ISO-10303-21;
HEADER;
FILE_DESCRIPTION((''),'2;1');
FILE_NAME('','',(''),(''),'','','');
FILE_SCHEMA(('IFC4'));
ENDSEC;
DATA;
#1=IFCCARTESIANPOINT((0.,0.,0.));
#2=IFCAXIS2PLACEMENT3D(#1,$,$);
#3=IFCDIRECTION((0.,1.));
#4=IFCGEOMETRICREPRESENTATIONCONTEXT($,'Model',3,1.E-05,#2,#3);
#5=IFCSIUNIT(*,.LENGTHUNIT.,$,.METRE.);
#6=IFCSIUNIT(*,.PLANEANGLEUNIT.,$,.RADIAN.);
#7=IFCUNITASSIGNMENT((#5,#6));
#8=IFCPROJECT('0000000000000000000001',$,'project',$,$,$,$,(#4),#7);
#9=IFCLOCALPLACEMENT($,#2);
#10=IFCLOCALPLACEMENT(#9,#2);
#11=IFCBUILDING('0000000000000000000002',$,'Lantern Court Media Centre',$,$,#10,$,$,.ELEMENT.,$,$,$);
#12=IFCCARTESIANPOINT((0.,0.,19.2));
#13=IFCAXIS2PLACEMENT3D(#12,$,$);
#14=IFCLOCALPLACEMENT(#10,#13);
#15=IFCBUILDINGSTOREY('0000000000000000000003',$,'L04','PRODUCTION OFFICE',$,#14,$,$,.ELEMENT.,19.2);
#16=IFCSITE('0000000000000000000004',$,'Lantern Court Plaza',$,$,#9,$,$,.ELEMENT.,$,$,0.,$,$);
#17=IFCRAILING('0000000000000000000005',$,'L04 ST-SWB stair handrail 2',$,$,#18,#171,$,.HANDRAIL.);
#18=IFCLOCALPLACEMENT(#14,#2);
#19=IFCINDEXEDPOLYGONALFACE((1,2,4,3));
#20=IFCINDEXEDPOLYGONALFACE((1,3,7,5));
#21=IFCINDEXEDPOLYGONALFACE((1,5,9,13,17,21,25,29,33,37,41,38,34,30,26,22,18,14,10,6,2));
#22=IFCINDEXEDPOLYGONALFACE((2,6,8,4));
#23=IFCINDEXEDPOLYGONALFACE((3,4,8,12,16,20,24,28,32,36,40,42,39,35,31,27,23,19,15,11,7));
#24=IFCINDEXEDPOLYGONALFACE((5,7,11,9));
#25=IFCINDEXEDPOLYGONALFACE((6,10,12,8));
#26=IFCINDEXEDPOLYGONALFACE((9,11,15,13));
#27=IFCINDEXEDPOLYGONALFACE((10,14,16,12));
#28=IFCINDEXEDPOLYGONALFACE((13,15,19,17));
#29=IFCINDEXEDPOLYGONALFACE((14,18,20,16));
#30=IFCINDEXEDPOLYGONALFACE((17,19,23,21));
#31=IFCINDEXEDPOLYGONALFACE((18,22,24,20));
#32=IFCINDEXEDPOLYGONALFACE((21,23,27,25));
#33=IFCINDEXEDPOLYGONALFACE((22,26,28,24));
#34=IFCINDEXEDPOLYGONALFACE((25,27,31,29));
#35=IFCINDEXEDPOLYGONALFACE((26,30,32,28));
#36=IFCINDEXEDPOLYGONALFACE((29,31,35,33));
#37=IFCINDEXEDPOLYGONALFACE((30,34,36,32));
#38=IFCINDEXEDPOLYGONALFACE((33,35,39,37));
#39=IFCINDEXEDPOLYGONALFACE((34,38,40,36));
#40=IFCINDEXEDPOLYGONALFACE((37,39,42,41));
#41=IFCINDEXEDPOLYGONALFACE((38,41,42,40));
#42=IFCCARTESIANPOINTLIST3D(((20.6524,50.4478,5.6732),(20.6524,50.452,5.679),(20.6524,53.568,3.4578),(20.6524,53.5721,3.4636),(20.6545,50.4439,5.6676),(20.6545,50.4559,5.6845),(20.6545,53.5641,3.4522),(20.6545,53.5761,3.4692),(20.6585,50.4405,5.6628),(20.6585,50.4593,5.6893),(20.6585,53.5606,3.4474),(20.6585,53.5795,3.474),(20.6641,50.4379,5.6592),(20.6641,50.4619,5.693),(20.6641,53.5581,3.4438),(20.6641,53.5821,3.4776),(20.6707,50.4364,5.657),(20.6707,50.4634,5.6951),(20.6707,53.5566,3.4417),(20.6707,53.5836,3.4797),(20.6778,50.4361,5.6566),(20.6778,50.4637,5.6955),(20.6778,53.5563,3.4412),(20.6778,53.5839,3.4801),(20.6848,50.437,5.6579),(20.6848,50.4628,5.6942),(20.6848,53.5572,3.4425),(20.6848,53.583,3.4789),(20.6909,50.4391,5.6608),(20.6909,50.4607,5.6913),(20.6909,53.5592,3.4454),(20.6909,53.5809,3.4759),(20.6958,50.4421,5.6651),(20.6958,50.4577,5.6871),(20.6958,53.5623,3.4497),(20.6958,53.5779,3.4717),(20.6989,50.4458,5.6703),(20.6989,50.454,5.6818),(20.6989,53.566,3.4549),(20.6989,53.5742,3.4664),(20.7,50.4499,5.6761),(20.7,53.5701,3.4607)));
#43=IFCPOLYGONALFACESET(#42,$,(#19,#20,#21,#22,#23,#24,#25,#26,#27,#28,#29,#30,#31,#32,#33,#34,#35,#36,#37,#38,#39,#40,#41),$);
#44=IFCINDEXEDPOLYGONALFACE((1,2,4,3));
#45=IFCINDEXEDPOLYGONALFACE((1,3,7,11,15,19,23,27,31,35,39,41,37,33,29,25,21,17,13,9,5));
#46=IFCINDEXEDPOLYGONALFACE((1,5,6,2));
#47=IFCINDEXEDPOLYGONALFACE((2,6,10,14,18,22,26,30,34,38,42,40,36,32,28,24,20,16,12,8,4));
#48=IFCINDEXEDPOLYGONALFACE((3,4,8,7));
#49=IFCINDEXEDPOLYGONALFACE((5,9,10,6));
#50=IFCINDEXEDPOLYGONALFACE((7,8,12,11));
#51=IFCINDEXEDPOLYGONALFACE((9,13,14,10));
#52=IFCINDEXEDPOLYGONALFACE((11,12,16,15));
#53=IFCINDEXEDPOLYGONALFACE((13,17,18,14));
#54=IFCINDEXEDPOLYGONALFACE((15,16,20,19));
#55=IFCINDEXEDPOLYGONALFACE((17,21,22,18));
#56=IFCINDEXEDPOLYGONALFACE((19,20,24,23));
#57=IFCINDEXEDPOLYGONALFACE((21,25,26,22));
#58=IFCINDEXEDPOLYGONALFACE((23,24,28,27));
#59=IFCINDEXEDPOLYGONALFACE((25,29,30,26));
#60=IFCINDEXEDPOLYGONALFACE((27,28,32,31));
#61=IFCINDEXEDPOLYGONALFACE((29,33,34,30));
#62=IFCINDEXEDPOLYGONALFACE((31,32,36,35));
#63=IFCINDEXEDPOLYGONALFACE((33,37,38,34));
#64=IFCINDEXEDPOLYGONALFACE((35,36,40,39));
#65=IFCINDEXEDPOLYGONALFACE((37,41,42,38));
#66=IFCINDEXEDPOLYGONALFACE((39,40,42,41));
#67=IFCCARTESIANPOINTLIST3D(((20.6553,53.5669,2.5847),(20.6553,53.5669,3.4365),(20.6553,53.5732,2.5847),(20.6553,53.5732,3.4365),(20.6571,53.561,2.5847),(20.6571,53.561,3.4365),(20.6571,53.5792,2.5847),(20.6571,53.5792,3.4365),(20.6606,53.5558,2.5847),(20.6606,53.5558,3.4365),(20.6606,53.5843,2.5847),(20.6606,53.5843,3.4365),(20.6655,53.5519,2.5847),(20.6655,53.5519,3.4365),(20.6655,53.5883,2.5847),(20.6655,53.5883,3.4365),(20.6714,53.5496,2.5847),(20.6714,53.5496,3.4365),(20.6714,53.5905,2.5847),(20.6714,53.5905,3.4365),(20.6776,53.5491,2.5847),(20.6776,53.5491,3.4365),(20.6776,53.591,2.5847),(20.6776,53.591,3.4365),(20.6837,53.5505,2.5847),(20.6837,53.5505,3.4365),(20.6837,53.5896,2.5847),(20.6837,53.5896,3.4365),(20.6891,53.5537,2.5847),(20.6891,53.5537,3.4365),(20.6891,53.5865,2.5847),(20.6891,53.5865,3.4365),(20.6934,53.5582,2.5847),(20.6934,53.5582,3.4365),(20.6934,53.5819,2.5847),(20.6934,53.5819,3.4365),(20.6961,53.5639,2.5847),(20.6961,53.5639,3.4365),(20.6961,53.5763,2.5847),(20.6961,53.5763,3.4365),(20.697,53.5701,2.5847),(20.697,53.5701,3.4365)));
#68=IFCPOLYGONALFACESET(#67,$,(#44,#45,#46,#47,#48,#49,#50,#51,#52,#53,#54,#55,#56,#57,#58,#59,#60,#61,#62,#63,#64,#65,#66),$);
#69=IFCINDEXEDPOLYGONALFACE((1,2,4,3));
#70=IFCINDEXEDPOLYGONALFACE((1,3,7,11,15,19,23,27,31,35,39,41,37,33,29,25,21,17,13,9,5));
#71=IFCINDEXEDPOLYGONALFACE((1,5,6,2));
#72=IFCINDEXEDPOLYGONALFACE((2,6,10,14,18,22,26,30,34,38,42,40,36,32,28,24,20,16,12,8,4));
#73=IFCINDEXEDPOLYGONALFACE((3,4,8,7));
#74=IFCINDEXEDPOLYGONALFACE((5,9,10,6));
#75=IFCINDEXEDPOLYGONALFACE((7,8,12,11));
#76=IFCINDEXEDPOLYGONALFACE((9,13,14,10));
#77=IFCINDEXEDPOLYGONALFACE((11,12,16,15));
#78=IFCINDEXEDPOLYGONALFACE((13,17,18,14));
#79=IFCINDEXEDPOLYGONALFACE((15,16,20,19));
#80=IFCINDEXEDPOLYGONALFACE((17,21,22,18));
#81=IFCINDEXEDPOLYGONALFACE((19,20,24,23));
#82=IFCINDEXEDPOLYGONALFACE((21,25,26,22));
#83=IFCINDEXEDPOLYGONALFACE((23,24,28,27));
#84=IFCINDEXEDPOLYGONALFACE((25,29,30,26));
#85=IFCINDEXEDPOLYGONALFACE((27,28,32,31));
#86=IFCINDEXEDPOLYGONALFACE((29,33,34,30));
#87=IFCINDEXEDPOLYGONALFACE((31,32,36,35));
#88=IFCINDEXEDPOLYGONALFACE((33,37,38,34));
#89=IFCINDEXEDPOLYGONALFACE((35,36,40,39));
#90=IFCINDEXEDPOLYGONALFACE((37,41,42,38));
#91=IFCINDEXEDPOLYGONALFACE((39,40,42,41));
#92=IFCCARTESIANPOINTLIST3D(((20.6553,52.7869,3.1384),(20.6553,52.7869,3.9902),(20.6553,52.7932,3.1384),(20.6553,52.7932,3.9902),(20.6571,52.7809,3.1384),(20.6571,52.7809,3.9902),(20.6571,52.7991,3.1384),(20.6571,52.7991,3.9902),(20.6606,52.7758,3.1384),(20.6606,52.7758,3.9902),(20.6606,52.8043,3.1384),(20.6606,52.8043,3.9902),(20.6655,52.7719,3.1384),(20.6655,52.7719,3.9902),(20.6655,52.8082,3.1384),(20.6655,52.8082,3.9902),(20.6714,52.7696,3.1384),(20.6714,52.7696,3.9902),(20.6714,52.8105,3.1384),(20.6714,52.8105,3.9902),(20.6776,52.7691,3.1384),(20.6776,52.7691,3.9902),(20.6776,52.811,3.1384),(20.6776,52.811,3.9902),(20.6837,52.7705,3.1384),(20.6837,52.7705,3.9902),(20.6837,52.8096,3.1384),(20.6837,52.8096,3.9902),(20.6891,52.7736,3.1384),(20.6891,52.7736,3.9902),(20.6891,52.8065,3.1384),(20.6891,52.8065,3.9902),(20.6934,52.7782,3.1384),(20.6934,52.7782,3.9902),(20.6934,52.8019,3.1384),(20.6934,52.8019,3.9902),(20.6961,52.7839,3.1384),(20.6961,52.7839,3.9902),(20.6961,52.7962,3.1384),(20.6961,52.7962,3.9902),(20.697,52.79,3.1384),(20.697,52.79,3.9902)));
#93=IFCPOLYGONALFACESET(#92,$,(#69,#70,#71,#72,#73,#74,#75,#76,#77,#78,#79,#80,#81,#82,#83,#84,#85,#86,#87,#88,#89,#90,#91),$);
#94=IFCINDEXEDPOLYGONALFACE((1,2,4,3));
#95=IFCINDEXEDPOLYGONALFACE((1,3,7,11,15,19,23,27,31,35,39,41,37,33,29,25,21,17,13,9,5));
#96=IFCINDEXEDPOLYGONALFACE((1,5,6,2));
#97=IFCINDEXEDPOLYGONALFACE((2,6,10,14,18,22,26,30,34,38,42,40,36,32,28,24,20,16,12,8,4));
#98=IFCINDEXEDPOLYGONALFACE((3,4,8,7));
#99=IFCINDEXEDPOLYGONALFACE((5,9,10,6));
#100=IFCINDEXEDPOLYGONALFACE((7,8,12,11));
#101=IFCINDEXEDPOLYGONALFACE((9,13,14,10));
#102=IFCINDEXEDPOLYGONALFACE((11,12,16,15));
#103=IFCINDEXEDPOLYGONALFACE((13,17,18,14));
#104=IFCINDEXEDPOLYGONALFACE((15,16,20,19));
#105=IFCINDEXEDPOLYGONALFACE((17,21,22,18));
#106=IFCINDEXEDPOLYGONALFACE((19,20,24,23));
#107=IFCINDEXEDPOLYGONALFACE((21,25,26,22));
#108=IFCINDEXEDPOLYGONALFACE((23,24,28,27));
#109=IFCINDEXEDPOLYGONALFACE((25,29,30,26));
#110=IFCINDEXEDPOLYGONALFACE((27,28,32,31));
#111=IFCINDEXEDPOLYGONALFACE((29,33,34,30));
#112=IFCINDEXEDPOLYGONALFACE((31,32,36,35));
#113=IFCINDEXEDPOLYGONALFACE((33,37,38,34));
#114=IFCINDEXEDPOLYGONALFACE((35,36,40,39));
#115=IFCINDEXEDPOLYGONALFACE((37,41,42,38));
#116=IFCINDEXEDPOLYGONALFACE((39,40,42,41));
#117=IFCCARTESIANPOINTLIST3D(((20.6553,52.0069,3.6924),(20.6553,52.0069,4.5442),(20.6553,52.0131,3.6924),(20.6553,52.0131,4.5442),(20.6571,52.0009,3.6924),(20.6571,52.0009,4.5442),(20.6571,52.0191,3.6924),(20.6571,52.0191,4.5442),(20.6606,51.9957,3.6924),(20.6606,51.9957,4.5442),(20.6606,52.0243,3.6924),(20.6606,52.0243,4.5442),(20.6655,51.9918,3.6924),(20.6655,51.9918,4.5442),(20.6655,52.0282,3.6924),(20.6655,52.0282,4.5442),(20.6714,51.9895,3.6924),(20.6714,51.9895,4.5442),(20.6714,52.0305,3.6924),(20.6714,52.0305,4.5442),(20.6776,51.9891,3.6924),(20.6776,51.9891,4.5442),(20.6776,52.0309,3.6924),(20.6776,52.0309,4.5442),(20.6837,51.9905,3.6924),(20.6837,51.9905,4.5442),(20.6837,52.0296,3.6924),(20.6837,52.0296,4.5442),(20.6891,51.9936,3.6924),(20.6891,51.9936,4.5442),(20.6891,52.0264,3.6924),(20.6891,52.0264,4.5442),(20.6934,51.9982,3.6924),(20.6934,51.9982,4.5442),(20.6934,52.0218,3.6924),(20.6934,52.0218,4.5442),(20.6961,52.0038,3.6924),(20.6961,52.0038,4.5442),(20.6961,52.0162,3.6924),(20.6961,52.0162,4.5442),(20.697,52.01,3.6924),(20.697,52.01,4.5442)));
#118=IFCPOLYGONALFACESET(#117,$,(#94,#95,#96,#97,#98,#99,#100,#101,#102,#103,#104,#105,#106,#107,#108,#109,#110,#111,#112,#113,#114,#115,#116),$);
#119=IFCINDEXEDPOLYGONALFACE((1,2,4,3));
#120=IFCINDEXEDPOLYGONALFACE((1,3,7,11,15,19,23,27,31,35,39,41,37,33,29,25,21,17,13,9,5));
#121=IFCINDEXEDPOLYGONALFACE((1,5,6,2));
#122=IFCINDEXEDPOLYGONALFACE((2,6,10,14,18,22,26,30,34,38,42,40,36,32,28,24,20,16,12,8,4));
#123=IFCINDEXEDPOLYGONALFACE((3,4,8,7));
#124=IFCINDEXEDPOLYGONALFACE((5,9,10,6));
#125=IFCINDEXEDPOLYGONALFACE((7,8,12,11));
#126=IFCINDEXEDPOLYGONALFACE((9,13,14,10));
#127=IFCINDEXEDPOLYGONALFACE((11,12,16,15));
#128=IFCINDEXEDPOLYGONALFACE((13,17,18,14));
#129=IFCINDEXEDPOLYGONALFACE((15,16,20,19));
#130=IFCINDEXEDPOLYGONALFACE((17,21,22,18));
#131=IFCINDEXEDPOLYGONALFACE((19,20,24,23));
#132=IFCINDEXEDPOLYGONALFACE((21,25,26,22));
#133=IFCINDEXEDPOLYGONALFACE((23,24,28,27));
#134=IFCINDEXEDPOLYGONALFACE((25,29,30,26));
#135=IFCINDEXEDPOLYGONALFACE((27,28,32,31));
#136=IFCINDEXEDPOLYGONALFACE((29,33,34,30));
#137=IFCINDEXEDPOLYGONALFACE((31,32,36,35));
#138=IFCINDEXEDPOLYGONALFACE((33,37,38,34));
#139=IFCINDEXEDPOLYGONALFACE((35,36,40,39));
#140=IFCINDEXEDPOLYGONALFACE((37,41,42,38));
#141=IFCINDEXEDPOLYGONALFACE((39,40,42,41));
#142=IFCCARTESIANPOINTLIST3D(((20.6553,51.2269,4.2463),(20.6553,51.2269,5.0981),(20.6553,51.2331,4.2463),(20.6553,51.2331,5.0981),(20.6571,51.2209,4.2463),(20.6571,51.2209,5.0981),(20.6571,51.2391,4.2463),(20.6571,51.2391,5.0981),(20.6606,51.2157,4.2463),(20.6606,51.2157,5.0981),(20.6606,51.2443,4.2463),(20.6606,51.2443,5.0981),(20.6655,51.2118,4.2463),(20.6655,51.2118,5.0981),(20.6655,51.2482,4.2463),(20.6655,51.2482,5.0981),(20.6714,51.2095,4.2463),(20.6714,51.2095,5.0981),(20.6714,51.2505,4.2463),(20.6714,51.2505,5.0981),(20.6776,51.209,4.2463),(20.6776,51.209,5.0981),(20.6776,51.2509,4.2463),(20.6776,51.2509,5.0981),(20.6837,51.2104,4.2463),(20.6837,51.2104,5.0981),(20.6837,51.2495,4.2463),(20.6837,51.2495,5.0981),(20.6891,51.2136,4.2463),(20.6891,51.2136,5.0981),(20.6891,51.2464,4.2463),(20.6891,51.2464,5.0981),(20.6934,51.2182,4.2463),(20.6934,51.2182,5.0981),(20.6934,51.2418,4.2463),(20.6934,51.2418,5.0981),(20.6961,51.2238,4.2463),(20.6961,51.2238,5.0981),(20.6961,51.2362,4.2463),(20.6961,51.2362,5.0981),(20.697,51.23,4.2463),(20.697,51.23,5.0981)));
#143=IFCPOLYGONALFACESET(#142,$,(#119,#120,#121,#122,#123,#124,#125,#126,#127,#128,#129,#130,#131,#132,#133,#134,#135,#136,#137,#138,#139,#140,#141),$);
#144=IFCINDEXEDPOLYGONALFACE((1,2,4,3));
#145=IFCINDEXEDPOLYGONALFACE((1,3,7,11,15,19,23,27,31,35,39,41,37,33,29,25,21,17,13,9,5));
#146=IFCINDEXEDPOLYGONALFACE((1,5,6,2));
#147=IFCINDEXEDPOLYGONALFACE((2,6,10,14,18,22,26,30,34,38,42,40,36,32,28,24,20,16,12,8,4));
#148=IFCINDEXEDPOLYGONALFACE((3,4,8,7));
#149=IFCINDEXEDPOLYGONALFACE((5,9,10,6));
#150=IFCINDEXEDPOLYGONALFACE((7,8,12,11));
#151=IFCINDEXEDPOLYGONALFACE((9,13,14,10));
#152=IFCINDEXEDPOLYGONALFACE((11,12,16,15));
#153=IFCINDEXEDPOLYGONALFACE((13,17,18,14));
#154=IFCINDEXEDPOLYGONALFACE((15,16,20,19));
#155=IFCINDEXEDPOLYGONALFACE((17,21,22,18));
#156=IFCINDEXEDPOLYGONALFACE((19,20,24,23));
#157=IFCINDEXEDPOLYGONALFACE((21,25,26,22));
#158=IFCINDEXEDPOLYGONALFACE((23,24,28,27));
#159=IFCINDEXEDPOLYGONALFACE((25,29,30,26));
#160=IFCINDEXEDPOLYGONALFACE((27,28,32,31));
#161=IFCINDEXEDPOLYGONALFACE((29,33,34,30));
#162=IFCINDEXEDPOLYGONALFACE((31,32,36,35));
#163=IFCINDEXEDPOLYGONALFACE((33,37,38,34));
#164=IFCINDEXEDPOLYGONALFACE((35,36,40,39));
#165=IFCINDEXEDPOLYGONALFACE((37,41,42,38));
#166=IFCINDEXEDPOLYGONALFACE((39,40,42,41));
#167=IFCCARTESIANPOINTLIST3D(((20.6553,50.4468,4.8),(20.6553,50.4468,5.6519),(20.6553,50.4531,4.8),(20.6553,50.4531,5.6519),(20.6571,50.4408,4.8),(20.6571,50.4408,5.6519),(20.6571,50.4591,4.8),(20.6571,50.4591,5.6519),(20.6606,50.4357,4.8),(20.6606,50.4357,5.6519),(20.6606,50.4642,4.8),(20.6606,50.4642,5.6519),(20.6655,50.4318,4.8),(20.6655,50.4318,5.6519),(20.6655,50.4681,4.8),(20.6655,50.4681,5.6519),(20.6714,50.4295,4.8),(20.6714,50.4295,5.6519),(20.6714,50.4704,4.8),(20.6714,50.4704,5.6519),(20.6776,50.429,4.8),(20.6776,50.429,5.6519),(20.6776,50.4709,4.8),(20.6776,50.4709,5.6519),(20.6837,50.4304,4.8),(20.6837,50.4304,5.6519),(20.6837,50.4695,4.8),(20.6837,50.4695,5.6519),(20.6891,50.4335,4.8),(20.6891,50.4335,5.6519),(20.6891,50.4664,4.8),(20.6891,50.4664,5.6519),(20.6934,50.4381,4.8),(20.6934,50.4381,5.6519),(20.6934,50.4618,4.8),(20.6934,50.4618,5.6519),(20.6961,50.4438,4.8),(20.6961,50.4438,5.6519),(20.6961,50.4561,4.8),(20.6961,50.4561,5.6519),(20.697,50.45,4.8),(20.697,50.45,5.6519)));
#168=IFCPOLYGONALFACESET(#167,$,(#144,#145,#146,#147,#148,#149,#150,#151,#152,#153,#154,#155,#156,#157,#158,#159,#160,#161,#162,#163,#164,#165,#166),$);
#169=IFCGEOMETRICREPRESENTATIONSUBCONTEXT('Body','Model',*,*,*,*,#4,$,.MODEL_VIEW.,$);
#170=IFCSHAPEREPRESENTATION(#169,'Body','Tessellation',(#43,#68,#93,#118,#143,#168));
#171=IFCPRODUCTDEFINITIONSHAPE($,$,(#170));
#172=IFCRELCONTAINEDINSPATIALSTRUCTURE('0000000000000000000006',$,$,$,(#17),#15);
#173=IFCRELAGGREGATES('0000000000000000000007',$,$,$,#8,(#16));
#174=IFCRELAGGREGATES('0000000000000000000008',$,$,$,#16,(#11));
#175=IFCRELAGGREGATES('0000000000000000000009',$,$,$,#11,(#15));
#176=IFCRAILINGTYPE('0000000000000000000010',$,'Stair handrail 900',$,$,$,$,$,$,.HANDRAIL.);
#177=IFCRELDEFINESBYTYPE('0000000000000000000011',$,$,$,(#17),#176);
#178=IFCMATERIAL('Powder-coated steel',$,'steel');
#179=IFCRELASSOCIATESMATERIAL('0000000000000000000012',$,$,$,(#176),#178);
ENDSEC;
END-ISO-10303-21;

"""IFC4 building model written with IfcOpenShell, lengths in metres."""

from ifc_helpers import new_model, si_unit, direction, frame, origin, origin_2d, place, context, subcontext, project, spatial, circle, extrude, material, type_object, element, save


model = new_model("IFC4")

# Units and contexts
model_context = context("Model", 3, precision=1e-05, world=origin(), true_north=direction((0.0, 1.0)))
body_context = subcontext(model_context, "Body", "Model", "MODEL_VIEW")
ifc_project = project(units=[si_unit("LENGTHUNIT", "METRE"), si_unit("PLANEANGLEUNIT", "RADIAN")], contexts=[model_context])

# Site, building, storey
site_placement = place(None, origin())
site = spatial("IfcSite", under=ifc_project, at=site_placement, Name="Lantern Court Plaza", CompositionType="ELEMENT", RefElevation=0.0)
building_placement = place(site_placement, origin())
building = spatial("IfcBuilding", under=site, at=building_placement, Name="Lantern Court Media Centre", CompositionType="ELEMENT")
storey_placement = place(building_placement, frame((0.0, 0.0, 19.2)))
storey = spatial("IfcBuildingStorey", under=building, at=storey_placement, Name="L04", Description="PRODUCTION OFFICE", CompositionType="ELEMENT", Elevation=19.2)

# Railing
ifc_material_1 = material(Name="Powder-coated steel", Category="steel")
railing_type_1 = type_object("IfcRailingType", Name="Stair handrail 900", PredefinedType="HANDRAIL", material=ifc_material_1)
for number, where, name in (
    (1, (20.676, 53.5701, 2.5847), "L04 ST-SWB stair handrail 2"),
):
    element("IfcRailing", number, at=place(storey_placement, frame(where)), inside=storey, type_object=railing_type_1, Name=name, PredefinedType="HANDRAIL", context=body_context, shape_type="SweptSolid", body=[
        extrude(circle(Radius=0.0239, at=origin_2d()), frame((0.0, 0.0, 0.876), z_axis=(0.0, -0.815377, 0.57893), x_axis=(1.0, 0.0, 0.0)), (0.0, 0.0, 1.0), 3.8267),
        extrude(circle(Radius=0.021, at=origin_2d()), origin(), (0.0, 0.0, 1.0), 0.8518),
        extrude(circle(Radius=0.021, at=origin_2d()), frame((0.0, -0.78, 0.5537)), (0.0, 0.0, 1.0), 0.8518),
        extrude(circle(Radius=0.021, at=origin_2d()), frame((0.0, -1.5601, 1.1077)), (0.0, 0.0, 1.0), 0.8518),
        extrude(circle(Radius=0.021, at=origin_2d()), frame((0.0, -2.3401, 1.6616)), (0.0, 0.0, 1.0), 0.8518),
        extrude(circle(Radius=0.021, at=origin_2d()), frame((0.0, -3.1201, 2.2153)), (0.0, 0.0, 1.0), 0.8518),
    ])

save(model, "model.ifc")
